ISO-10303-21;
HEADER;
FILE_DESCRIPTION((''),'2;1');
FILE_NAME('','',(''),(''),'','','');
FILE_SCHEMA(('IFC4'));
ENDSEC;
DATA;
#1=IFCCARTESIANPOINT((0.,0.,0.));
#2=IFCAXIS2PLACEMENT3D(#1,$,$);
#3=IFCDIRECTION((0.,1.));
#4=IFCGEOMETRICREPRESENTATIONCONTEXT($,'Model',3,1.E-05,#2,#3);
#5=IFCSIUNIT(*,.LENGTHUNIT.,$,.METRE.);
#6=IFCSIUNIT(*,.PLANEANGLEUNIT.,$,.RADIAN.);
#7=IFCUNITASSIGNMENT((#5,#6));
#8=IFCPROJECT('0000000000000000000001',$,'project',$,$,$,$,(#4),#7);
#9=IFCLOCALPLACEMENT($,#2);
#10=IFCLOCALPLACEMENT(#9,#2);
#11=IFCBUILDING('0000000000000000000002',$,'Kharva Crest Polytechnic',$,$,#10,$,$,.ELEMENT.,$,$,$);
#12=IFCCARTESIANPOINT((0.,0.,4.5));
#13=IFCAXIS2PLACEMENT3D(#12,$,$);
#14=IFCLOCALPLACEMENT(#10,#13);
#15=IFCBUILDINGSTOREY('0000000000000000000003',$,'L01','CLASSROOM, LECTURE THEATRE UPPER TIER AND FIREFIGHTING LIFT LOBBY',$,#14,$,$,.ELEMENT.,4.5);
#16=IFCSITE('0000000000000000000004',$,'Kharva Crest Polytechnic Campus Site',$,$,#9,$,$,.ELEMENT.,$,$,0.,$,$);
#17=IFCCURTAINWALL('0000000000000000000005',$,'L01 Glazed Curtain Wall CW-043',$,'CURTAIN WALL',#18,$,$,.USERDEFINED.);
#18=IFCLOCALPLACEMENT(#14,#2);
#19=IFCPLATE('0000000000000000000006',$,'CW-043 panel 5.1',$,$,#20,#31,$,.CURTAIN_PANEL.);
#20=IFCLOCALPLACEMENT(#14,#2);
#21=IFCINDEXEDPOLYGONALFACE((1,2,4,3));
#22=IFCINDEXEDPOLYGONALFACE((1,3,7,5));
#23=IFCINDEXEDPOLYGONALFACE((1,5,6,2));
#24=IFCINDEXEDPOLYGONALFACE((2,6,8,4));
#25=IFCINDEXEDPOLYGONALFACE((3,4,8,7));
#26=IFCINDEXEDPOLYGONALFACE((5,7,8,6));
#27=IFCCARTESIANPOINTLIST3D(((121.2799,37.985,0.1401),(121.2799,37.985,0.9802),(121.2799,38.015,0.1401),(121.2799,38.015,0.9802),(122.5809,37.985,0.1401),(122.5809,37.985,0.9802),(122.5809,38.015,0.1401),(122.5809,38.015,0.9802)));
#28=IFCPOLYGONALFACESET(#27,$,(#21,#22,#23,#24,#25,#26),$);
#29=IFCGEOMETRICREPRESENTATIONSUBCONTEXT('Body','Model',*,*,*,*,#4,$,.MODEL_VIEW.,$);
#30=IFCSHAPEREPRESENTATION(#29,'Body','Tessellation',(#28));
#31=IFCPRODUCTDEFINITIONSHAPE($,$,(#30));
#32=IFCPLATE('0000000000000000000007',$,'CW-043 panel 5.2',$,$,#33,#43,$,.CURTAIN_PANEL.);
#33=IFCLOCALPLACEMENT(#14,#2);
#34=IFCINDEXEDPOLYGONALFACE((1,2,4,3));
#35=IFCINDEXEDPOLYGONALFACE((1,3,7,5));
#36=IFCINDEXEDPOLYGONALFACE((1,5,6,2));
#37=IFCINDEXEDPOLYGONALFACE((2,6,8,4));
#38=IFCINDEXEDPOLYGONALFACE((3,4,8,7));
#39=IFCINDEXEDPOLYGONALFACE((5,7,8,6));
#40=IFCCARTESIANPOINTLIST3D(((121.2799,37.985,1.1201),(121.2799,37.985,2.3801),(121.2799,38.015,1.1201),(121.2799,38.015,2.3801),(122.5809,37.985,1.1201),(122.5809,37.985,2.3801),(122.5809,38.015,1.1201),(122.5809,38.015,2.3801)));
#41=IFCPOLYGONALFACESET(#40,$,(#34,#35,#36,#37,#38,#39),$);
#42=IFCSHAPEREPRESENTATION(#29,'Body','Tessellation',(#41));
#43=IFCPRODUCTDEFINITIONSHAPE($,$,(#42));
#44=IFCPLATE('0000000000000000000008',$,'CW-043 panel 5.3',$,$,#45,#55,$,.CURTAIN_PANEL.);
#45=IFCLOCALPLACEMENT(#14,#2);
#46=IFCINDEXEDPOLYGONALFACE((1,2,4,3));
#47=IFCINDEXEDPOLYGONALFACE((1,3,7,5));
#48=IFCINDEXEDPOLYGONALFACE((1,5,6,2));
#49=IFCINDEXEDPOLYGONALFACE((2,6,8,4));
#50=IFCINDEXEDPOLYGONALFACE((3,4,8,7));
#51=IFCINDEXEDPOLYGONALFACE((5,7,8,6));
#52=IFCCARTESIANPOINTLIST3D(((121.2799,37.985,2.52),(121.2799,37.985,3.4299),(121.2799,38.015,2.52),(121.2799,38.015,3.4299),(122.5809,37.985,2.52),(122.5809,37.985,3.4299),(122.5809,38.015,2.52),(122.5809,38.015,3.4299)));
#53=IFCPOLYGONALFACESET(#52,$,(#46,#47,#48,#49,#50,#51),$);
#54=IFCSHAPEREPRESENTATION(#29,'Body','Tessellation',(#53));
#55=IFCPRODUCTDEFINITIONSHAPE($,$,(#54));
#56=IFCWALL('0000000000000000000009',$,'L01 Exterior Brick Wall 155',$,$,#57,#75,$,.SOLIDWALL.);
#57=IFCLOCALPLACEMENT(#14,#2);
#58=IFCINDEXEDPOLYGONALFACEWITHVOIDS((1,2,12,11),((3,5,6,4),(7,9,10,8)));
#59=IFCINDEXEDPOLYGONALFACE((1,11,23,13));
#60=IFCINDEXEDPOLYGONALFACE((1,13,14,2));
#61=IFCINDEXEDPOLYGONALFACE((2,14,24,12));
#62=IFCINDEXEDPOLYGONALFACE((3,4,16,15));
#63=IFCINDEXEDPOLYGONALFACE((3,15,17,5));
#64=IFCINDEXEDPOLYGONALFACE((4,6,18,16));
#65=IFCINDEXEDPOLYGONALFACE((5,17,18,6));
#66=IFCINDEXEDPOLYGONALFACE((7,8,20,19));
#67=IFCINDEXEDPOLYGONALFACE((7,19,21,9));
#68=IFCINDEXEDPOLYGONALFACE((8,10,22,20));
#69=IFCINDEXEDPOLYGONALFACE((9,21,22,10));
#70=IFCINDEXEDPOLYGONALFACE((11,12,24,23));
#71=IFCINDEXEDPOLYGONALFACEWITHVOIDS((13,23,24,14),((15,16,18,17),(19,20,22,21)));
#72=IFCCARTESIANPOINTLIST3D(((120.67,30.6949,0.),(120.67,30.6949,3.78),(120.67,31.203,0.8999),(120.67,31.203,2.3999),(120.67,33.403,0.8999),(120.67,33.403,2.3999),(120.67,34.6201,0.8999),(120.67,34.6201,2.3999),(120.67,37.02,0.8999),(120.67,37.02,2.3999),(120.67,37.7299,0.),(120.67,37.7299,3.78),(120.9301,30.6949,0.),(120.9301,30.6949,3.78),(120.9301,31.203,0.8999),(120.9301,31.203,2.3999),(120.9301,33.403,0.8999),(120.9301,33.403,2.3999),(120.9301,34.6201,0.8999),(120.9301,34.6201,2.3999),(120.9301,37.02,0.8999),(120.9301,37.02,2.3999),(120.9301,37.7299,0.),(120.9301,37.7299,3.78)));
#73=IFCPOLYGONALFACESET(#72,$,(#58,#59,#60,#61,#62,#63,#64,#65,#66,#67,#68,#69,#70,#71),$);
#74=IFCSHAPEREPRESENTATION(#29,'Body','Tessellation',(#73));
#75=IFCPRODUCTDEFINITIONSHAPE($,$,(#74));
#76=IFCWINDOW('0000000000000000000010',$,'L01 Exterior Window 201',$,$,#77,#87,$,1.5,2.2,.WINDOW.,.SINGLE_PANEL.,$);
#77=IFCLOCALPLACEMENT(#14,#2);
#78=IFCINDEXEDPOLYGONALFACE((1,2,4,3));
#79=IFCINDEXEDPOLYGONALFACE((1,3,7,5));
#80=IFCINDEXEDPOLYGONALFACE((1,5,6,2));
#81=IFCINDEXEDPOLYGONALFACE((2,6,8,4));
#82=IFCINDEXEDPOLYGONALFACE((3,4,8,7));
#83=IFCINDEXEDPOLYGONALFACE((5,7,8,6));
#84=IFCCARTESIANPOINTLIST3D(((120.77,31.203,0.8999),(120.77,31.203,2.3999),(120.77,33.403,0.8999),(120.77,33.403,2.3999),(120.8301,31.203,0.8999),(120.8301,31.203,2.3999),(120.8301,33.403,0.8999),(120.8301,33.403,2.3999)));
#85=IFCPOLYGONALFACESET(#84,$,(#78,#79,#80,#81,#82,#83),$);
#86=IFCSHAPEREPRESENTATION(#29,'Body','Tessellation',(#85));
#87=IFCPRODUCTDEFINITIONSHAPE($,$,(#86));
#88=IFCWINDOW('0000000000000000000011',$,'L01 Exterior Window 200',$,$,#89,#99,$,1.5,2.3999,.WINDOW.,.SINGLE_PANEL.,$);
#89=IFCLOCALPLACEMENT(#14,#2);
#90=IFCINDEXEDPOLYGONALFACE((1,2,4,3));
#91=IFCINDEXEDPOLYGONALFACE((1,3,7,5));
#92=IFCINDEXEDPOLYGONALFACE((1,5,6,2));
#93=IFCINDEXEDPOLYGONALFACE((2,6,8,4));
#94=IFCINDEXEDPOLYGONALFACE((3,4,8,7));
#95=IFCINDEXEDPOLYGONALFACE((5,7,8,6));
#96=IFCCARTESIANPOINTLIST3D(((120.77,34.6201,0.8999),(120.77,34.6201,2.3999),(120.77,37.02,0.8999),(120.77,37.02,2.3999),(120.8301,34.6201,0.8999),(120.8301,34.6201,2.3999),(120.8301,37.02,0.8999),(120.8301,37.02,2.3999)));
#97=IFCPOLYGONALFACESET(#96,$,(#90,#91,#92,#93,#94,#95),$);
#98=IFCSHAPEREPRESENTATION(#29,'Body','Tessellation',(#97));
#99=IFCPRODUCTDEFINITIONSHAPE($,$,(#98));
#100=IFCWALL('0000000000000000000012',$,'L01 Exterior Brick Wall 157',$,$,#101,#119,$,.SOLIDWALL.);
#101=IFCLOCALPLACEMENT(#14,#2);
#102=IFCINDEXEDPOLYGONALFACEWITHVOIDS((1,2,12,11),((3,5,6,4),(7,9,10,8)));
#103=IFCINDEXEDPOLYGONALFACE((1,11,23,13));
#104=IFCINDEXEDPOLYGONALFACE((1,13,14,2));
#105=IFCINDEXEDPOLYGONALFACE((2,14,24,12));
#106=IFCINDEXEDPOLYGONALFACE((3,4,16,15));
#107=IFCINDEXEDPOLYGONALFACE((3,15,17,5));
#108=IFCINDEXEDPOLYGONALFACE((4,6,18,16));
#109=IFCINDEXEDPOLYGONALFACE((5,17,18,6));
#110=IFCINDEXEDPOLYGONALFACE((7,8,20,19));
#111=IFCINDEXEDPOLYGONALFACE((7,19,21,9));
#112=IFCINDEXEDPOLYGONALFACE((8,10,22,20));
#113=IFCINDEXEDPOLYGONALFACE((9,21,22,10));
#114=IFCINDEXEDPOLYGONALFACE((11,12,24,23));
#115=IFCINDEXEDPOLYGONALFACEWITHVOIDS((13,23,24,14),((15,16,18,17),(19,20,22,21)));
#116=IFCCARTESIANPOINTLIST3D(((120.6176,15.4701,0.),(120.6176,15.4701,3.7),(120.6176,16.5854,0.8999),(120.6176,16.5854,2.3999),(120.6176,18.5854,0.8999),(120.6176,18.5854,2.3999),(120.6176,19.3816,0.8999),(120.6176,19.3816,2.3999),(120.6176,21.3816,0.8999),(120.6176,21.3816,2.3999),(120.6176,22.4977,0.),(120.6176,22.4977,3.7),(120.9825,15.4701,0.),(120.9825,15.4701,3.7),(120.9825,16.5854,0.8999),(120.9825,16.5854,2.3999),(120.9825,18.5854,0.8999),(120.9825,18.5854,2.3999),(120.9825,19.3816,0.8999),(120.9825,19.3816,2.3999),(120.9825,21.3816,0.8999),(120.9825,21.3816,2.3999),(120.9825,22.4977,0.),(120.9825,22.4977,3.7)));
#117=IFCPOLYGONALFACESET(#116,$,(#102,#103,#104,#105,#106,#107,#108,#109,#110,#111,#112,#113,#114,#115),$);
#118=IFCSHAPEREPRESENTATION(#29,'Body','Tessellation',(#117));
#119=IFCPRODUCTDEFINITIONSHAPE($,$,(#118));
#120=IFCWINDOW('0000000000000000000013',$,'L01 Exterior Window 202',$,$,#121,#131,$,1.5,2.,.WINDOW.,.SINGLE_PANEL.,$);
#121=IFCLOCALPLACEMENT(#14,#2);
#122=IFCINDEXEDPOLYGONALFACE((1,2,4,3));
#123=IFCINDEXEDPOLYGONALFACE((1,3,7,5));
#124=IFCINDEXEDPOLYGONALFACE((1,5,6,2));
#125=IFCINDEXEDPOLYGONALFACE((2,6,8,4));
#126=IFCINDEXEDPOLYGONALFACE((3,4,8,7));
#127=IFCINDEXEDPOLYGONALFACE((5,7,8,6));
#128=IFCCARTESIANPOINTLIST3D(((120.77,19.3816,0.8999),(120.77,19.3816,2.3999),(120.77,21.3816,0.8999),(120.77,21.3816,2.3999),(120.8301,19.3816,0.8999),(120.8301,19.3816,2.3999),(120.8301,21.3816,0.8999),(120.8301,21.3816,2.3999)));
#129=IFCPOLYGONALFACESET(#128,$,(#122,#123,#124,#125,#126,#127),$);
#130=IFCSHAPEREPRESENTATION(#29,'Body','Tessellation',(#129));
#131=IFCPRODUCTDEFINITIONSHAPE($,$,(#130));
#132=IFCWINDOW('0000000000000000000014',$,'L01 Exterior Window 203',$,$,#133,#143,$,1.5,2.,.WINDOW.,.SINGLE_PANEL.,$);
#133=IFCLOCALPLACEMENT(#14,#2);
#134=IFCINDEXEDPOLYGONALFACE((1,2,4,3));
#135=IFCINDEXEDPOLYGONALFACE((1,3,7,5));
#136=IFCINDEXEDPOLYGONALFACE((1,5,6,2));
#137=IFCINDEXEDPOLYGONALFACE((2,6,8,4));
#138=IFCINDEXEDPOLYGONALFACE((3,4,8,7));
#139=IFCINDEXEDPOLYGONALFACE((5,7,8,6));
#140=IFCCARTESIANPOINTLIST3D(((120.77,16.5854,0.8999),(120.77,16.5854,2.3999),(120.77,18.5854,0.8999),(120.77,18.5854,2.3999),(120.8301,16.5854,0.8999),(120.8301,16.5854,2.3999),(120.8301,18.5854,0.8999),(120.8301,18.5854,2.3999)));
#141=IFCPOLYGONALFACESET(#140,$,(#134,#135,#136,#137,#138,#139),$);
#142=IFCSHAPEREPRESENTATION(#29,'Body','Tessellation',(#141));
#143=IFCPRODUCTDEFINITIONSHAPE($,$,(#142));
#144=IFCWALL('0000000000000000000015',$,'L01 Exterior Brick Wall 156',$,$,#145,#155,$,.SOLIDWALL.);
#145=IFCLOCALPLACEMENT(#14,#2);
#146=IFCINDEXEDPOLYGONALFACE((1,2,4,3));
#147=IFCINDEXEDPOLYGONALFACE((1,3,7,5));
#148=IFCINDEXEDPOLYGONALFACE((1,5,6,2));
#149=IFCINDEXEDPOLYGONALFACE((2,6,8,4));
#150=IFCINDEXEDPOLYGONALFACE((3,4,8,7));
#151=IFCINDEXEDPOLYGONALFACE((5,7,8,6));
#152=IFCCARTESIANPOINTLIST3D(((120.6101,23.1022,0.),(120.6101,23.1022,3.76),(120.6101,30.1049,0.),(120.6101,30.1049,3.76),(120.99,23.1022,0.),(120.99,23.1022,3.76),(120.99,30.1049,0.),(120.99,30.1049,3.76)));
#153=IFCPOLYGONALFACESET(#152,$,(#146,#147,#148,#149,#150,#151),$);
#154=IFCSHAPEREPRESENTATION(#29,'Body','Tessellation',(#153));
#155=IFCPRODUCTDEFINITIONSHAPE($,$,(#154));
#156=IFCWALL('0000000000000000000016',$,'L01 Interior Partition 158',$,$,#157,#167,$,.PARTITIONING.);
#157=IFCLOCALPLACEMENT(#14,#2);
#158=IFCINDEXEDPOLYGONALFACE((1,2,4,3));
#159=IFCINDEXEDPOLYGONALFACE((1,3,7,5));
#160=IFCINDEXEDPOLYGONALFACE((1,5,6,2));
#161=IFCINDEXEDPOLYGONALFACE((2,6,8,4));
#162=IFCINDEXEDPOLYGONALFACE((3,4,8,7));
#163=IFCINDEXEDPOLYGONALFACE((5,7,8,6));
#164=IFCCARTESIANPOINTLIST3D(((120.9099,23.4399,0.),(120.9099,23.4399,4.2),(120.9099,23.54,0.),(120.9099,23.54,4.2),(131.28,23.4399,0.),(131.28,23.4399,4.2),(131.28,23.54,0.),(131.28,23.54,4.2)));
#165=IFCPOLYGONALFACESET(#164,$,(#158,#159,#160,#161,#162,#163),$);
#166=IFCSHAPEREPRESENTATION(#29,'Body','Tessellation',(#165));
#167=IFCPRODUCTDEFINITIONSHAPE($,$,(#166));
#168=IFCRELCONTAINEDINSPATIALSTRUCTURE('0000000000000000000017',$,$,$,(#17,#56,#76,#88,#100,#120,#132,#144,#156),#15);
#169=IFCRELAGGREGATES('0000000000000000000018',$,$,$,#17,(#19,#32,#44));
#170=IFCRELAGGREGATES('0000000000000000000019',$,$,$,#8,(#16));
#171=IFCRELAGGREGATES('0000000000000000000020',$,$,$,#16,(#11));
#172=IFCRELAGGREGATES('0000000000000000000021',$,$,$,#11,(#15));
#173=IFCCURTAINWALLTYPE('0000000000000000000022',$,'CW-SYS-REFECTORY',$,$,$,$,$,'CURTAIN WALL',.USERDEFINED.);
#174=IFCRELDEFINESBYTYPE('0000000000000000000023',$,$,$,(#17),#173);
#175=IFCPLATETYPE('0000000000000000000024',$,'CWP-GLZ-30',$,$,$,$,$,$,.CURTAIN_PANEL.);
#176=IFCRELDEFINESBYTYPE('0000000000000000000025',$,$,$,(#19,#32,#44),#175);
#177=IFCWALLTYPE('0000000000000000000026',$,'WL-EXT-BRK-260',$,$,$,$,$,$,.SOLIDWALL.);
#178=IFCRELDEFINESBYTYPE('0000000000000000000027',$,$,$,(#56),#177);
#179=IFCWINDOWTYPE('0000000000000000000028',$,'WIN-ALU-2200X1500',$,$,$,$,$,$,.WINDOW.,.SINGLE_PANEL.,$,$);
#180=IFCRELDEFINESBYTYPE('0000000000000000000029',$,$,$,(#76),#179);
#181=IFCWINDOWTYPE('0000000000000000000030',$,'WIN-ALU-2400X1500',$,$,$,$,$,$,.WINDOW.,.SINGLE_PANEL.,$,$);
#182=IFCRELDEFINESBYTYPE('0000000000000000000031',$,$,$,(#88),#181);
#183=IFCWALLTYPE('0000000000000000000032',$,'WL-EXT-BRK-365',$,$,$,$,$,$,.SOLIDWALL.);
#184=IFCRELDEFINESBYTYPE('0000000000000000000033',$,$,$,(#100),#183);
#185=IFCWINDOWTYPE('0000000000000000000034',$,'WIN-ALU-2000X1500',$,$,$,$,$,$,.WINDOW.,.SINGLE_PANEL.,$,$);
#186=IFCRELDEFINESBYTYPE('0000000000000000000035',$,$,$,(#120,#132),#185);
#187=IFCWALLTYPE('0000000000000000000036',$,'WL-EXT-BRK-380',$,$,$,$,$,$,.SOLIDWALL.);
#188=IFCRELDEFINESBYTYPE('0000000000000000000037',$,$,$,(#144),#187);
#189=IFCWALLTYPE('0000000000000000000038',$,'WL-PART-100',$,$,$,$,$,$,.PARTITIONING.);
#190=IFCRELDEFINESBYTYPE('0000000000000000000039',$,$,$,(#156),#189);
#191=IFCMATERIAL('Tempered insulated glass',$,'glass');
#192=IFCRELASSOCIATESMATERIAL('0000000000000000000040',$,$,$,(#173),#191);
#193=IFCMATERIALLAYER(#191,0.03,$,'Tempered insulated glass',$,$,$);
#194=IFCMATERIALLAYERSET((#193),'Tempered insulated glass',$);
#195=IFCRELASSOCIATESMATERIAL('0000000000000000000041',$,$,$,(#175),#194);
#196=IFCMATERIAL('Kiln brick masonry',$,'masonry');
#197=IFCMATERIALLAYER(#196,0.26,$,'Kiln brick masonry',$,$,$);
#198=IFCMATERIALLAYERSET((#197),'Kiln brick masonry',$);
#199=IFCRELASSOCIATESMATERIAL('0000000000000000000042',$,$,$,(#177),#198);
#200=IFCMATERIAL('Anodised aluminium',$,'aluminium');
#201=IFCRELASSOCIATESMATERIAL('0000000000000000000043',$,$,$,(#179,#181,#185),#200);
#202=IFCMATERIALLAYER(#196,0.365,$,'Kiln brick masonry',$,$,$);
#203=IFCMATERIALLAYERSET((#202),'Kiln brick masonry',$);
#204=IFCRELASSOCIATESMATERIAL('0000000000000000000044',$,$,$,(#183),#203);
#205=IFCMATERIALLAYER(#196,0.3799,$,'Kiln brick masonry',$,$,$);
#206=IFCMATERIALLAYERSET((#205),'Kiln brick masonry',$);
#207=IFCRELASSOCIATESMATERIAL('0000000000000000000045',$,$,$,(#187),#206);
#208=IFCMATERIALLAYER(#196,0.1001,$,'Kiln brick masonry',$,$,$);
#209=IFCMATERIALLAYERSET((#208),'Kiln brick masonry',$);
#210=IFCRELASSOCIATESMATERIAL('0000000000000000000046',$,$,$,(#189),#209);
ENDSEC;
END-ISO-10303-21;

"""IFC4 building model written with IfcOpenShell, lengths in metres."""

from ifc_helpers import new_model, si_unit, direction, frame, frame_2d, origin, origin_2d, place, context, subcontext, project, spatial, rectangle, extrude, material, layer, layer_set, type_object, element, fill, aggregate, save


model = new_model("IFC4")

# Units and contexts
model_context = context("Model", 3, precision=1e-05, world=origin(), true_north=direction((0.0, 1.0)))
body_context = subcontext(model_context, "Body", "Model", "MODEL_VIEW")
ifc_project = project(units=[si_unit("LENGTHUNIT", "METRE"), si_unit("PLANEANGLEUNIT", "RADIAN")], contexts=[model_context])

# Site, building, storey
site_placement = place(None, origin())
site = spatial("IfcSite", under=ifc_project, at=site_placement, Name="Kharva Crest Polytechnic Campus Site", CompositionType="ELEMENT", RefElevation=0.0)
building_placement = place(site_placement, origin())
building = spatial("IfcBuilding", under=site, at=building_placement, Name="Kharva Crest Polytechnic", CompositionType="ELEMENT")
storey_placement = place(building_placement, frame((0.0, 0.0, 4.5)))
storey = spatial("IfcBuildingStorey", under=building, at=storey_placement, Name="L01", Description="CLASSROOM, LECTURE THEATRE UPPER TIER AND FIREFIGHTING LIFT LOBBY", CompositionType="ELEMENT", Elevation=4.5)

# Curtain wall
ifc_material_1 = material(Name="Tempered insulated glass", Category="glass")
curtain_wall_type = type_object("IfcCurtainWallType", Name="CW-SYS-REFECTORY", ElementType="CURTAIN WALL", PredefinedType="USERDEFINED", material=ifc_material_1)
curtain_wall_placement = place(storey_placement, origin())
curtain_wall = element("IfcCurtainWall", 1, at=curtain_wall_placement, inside=storey, type_object=curtain_wall_type, Name="L01 Glazed Curtain Wall CW-043", ObjectType="CURTAIN WALL", PredefinedType="USERDEFINED")

# Plates
ifc_layer_1 = layer(ifc_material_1, 0.03, Name="Tempered insulated glass")
ifc_layer_set_1 = layer_set([ifc_layer_1], Name="Tempered insulated glass")
plate_type = type_object("IfcPlateType", Name="CWP-GLZ-30", PredefinedType="CURTAIN_PANEL", material=ifc_layer_set_1)
plate_1_placement = place(storey_placement, frame((121.9304, 38.0, 0.1401), z_axis=(0.0, 0.0, 1.0), x_axis=(-1.0, 0.0, 0.0)))
plate_1 = element("IfcPlate", 2, at=plate_1_placement, type_object=plate_type, Name="CW-043 panel 5.1", PredefinedType="CURTAIN_PANEL", context=body_context, shape_type="SweptSolid", body=[
    extrude(rectangle(XDim=1.301, YDim=0.03, at=origin_2d()), origin(), (0.0, 0.0, 1.0), 0.8401),
])
plate_2_placement = place(storey_placement, frame((121.9304, 38.0, 1.1201), z_axis=(0.0, 0.0, 1.0), x_axis=(-1.0, 0.0, 0.0)))
plate_2 = element("IfcPlate", 3, at=plate_2_placement, type_object=plate_type, Name="CW-043 panel 5.2", PredefinedType="CURTAIN_PANEL", context=body_context, shape_type="SweptSolid", body=[
    extrude(rectangle(XDim=1.301, YDim=0.03, at=origin_2d()), origin(), (0.0, 0.0, 1.0), 1.26),
])
plate_3_placement = place(storey_placement, frame((121.9304, 38.0, 2.52), z_axis=(0.0, 0.0, 1.0), x_axis=(-1.0, 0.0, 0.0)))
plate_3 = element("IfcPlate", 4, at=plate_3_placement, type_object=plate_type, Name="CW-043 panel 5.3", PredefinedType="CURTAIN_PANEL", context=body_context, shape_type="SweptSolid", body=[
    extrude(rectangle(XDim=1.301, YDim=0.03, at=origin_2d()), origin(), (0.0, 0.0, 1.0), 0.9099),
])
aggregate(curtain_wall, [plate_1, plate_2, plate_3])

# Walls, openings, windows
ifc_material_2 = material(Name="Kiln brick masonry", Category="masonry")
ifc_layer_2 = layer(ifc_material_2, 0.26, Name="Kiln brick masonry")
ifc_layer_set_2 = layer_set([ifc_layer_2], Name="Kiln brick masonry")
wall_type_1 = type_object("IfcWallType", Name="WL-EXT-BRK-260", PredefinedType="SOLIDWALL", material=ifc_layer_set_2)
wall_1_placement = place(storey_placement, frame((120.8, 37.73, 0.0), z_axis=(0.0, 0.0, 1.0), x_axis=(0.0, -1.0, 0.0)))
wall_1 = element("IfcWall", 5, at=wall_1_placement, inside=storey, type_object=wall_type_1, Name="L01 Exterior Brick Wall 155", PredefinedType="SOLIDWALL", context=body_context, shape_type="SweptSolid", body=[
    extrude(rectangle(XDim=7.0349, YDim=0.26, at=frame_2d((3.5176, 0.0))), origin(), (0.0, 0.0, 1.0), 3.78),
])
opening_1_placement = place(wall_1_placement, frame((0.71, 0.0, 0.8999)))
opening_1 = element("IfcOpeningElement", 6, at=opening_1_placement, cuts=wall_1, PredefinedType="OPENING", context=body_context, shape_type="SweptSolid", body=[
    extrude(rectangle(XDim=2.3999, YDim=1.5, at=frame_2d((1.2, 0.75))), frame((0.0, 0.1399, 0.0), z_axis=(0.0, -1.0, 0.0), x_axis=(1.0, 0.0, 0.0)), (0.0, 0.0, 1.0), 0.28),
])
opening_2_placement = place(wall_1_placement, frame((4.3269, 0.0, 0.8999)))
opening_2 = element("IfcOpeningElement", 7, at=opening_2_placement, cuts=wall_1, PredefinedType="OPENING", context=body_context, shape_type="SweptSolid", body=[
    extrude(rectangle(XDim=2.2, YDim=1.5, at=frame_2d((1.1001, 0.75))), frame((0.0, 0.1399, 0.0), z_axis=(0.0, -1.0, 0.0), x_axis=(1.0, 0.0, 0.0)), (0.0, 0.0, 1.0), 0.28),
])
ifc_material_3 = material(Name="Anodised aluminium", Category="aluminium")
window_type_1 = type_object("IfcWindowType", Name="WIN-ALU-2200X1500", PartitioningType="SINGLE_PANEL", PredefinedType="WINDOW", material=ifc_material_3)
window_1_placement = place(opening_2_placement, origin())
window_1 = element("IfcWindow", 8, at=window_1_placement, inside=storey, type_object=window_type_1, Name="L01 Exterior Window 201", OverallHeight=1.5, OverallWidth=2.2, PartitioningType="SINGLE_PANEL", PredefinedType="WINDOW", context=body_context, shape_type="SweptSolid", body=[
    extrude(rectangle(XDim=2.2, YDim=1.5, at=frame_2d((1.1001, 0.75))), frame((0.0, 0.03, 0.0), z_axis=(0.0, -1.0, 0.0), x_axis=(1.0, 0.0, 0.0)), (0.0, 0.0, 1.0), 0.0601),
])
fill(opening_2, window_1)
window_type_2 = type_object("IfcWindowType", Name="WIN-ALU-2400X1500", PartitioningType="SINGLE_PANEL", PredefinedType="WINDOW", material=ifc_material_3)
window_2_placement = place(opening_1_placement, origin())
window_2 = element("IfcWindow", 9, at=window_2_placement, inside=storey, type_object=window_type_2, Name="L01 Exterior Window 200", OverallHeight=1.5, OverallWidth=2.3999, PartitioningType="SINGLE_PANEL", PredefinedType="WINDOW", context=body_context, shape_type="SweptSolid", body=[
    extrude(rectangle(XDim=2.3999, YDim=1.5, at=frame_2d((1.2, 0.75))), frame((0.0, 0.03, 0.0), z_axis=(0.0, -1.0, 0.0), x_axis=(1.0, 0.0, 0.0)), (0.0, 0.0, 1.0), 0.0601),
])
fill(opening_1, window_2)
ifc_layer_3 = layer(ifc_material_2, 0.365, Name="Kiln brick masonry")
ifc_layer_set_3 = layer_set([ifc_layer_3], Name="Kiln brick masonry")
wall_type_2 = type_object("IfcWallType", Name="WL-EXT-BRK-365", PredefinedType="SOLIDWALL", material=ifc_layer_set_3)
wall_2_placement = place(storey_placement, frame((120.8, 22.4976, 0.0), z_axis=(0.0, 0.0, 1.0), x_axis=(0.0, -1.0, 0.0)))
wall_2 = element("IfcWall", 10, at=wall_2_placement, inside=storey, type_object=wall_type_2, Name="L01 Exterior Brick Wall 157", PredefinedType="SOLIDWALL", context=body_context, shape_type="SweptSolid", body=[
    extrude(rectangle(XDim=7.0276, YDim=0.365, at=frame_2d((3.5137, 0.0))), origin(), (0.0, 0.0, 1.0), 3.7),
])
opening_3_placement = place(wall_2_placement, frame((1.116, 0.0, 0.8999)))
opening_3 = element("IfcOpeningElement", 11, at=opening_3_placement, cuts=wall_2, PredefinedType="OPENING", context=body_context, shape_type="SweptSolid", body=[
    extrude(rectangle(XDim=2.0, YDim=1.5, at=frame_2d((1.0, 0.75))), frame((0.0, 0.1924, 0.0), z_axis=(0.0, -1.0, 0.0), x_axis=(1.0, 0.0, 0.0)), (0.0, 0.0, 1.0), 0.385),
])
opening_4_placement = place(wall_2_placement, frame((3.9121, 0.0, 0.8999)))
opening_4 = element("IfcOpeningElement", 12, at=opening_4_placement, cuts=wall_2, PredefinedType="OPENING", context=body_context, shape_type="SweptSolid", body=[
    extrude(rectangle(XDim=2.0, YDim=1.5, at=frame_2d((1.0, 0.75))), frame((0.0, 0.1924, 0.0), z_axis=(0.0, -1.0, 0.0), x_axis=(1.0, 0.0, 0.0)), (0.0, 0.0, 1.0), 0.385),
])
window_type_3 = type_object("IfcWindowType", Name="WIN-ALU-2000X1500", PartitioningType="SINGLE_PANEL", PredefinedType="WINDOW", material=ifc_material_3)
window_3_placement = place(opening_3_placement, origin())
window_3 = element("IfcWindow", 13, at=window_3_placement, inside=storey, type_object=window_type_3, Name="L01 Exterior Window 202", OverallHeight=1.5, OverallWidth=2.0, PartitioningType="SINGLE_PANEL", PredefinedType="WINDOW", context=body_context, shape_type="SweptSolid", body=[
    extrude(rectangle(XDim=2.0, YDim=1.5, at=frame_2d((1.0, 0.75))), frame((0.0, 0.03, 0.0), z_axis=(0.0, -1.0, 0.0), x_axis=(1.0, 0.0, 0.0)), (0.0, 0.0, 1.0), 0.0601),
])
fill(opening_3, window_3)
window_4_placement = place(opening_4_placement, origin())
window_4 = element("IfcWindow", 14, at=window_4_placement, inside=storey, type_object=window_type_3, Name="L01 Exterior Window 203", OverallHeight=1.5, OverallWidth=2.0, PartitioningType="SINGLE_PANEL", PredefinedType="WINDOW", context=body_context, shape_type="SweptSolid", body=[
    extrude(rectangle(XDim=2.0, YDim=1.5, at=frame_2d((1.0, 0.75))), frame((0.0, 0.03, 0.0), z_axis=(0.0, -1.0, 0.0), x_axis=(1.0, 0.0, 0.0)), (0.0, 0.0, 1.0), 0.0601),
])
fill(opening_4, window_4)

# Walls
ifc_layer_4 = layer(ifc_material_2, 0.3799, Name="Kiln brick masonry")
ifc_layer_set_4 = layer_set([ifc_layer_4], Name="Kiln brick masonry")
wall_type_3 = type_object("IfcWallType", Name="WL-EXT-BRK-380", PredefinedType="SOLIDWALL", material=ifc_layer_set_4)
wall_3_placement = place(storey_placement, frame((120.8, 30.105, 0.0), z_axis=(0.0, 0.0, 1.0), x_axis=(0.0, -1.0, 0.0)))
element("IfcWall", 15, at=wall_3_placement, inside=storey, type_object=wall_type_3, Name="L01 Exterior Brick Wall 156", PredefinedType="SOLIDWALL", context=body_context, shape_type="SweptSolid", body=[
    extrude(rectangle(XDim=7.0027, YDim=0.3799, at=frame_2d((3.5015, 0.0))), origin(), (0.0, 0.0, 1.0), 3.76),
])
ifc_layer_5 = layer(ifc_material_2, 0.1001, Name="Kiln brick masonry")
ifc_layer_set_5 = layer_set([ifc_layer_5], Name="Kiln brick masonry")
wall_type_4 = type_object("IfcWallType", Name="WL-PART-100", PredefinedType="PARTITIONING", material=ifc_layer_set_5)
wall_4_placement = place(storey_placement, frame((120.9099, 23.49, 0.0), z_axis=(0.0, 0.0, 1.0), x_axis=(1.0, 0.0, 0.0)))
element("IfcWall", 16, at=wall_4_placement, inside=storey, type_object=wall_type_4, Name="L01 Interior Partition 158", PredefinedType="PARTITIONING", context=body_context, shape_type="SweptSolid", body=[
    extrude(rectangle(XDim=10.3701, YDim=0.1001, at=frame_2d((5.1851, 0.0))), origin(), (0.0, 0.0, 1.0), 4.2),
])

save(model, "model.ifc")
